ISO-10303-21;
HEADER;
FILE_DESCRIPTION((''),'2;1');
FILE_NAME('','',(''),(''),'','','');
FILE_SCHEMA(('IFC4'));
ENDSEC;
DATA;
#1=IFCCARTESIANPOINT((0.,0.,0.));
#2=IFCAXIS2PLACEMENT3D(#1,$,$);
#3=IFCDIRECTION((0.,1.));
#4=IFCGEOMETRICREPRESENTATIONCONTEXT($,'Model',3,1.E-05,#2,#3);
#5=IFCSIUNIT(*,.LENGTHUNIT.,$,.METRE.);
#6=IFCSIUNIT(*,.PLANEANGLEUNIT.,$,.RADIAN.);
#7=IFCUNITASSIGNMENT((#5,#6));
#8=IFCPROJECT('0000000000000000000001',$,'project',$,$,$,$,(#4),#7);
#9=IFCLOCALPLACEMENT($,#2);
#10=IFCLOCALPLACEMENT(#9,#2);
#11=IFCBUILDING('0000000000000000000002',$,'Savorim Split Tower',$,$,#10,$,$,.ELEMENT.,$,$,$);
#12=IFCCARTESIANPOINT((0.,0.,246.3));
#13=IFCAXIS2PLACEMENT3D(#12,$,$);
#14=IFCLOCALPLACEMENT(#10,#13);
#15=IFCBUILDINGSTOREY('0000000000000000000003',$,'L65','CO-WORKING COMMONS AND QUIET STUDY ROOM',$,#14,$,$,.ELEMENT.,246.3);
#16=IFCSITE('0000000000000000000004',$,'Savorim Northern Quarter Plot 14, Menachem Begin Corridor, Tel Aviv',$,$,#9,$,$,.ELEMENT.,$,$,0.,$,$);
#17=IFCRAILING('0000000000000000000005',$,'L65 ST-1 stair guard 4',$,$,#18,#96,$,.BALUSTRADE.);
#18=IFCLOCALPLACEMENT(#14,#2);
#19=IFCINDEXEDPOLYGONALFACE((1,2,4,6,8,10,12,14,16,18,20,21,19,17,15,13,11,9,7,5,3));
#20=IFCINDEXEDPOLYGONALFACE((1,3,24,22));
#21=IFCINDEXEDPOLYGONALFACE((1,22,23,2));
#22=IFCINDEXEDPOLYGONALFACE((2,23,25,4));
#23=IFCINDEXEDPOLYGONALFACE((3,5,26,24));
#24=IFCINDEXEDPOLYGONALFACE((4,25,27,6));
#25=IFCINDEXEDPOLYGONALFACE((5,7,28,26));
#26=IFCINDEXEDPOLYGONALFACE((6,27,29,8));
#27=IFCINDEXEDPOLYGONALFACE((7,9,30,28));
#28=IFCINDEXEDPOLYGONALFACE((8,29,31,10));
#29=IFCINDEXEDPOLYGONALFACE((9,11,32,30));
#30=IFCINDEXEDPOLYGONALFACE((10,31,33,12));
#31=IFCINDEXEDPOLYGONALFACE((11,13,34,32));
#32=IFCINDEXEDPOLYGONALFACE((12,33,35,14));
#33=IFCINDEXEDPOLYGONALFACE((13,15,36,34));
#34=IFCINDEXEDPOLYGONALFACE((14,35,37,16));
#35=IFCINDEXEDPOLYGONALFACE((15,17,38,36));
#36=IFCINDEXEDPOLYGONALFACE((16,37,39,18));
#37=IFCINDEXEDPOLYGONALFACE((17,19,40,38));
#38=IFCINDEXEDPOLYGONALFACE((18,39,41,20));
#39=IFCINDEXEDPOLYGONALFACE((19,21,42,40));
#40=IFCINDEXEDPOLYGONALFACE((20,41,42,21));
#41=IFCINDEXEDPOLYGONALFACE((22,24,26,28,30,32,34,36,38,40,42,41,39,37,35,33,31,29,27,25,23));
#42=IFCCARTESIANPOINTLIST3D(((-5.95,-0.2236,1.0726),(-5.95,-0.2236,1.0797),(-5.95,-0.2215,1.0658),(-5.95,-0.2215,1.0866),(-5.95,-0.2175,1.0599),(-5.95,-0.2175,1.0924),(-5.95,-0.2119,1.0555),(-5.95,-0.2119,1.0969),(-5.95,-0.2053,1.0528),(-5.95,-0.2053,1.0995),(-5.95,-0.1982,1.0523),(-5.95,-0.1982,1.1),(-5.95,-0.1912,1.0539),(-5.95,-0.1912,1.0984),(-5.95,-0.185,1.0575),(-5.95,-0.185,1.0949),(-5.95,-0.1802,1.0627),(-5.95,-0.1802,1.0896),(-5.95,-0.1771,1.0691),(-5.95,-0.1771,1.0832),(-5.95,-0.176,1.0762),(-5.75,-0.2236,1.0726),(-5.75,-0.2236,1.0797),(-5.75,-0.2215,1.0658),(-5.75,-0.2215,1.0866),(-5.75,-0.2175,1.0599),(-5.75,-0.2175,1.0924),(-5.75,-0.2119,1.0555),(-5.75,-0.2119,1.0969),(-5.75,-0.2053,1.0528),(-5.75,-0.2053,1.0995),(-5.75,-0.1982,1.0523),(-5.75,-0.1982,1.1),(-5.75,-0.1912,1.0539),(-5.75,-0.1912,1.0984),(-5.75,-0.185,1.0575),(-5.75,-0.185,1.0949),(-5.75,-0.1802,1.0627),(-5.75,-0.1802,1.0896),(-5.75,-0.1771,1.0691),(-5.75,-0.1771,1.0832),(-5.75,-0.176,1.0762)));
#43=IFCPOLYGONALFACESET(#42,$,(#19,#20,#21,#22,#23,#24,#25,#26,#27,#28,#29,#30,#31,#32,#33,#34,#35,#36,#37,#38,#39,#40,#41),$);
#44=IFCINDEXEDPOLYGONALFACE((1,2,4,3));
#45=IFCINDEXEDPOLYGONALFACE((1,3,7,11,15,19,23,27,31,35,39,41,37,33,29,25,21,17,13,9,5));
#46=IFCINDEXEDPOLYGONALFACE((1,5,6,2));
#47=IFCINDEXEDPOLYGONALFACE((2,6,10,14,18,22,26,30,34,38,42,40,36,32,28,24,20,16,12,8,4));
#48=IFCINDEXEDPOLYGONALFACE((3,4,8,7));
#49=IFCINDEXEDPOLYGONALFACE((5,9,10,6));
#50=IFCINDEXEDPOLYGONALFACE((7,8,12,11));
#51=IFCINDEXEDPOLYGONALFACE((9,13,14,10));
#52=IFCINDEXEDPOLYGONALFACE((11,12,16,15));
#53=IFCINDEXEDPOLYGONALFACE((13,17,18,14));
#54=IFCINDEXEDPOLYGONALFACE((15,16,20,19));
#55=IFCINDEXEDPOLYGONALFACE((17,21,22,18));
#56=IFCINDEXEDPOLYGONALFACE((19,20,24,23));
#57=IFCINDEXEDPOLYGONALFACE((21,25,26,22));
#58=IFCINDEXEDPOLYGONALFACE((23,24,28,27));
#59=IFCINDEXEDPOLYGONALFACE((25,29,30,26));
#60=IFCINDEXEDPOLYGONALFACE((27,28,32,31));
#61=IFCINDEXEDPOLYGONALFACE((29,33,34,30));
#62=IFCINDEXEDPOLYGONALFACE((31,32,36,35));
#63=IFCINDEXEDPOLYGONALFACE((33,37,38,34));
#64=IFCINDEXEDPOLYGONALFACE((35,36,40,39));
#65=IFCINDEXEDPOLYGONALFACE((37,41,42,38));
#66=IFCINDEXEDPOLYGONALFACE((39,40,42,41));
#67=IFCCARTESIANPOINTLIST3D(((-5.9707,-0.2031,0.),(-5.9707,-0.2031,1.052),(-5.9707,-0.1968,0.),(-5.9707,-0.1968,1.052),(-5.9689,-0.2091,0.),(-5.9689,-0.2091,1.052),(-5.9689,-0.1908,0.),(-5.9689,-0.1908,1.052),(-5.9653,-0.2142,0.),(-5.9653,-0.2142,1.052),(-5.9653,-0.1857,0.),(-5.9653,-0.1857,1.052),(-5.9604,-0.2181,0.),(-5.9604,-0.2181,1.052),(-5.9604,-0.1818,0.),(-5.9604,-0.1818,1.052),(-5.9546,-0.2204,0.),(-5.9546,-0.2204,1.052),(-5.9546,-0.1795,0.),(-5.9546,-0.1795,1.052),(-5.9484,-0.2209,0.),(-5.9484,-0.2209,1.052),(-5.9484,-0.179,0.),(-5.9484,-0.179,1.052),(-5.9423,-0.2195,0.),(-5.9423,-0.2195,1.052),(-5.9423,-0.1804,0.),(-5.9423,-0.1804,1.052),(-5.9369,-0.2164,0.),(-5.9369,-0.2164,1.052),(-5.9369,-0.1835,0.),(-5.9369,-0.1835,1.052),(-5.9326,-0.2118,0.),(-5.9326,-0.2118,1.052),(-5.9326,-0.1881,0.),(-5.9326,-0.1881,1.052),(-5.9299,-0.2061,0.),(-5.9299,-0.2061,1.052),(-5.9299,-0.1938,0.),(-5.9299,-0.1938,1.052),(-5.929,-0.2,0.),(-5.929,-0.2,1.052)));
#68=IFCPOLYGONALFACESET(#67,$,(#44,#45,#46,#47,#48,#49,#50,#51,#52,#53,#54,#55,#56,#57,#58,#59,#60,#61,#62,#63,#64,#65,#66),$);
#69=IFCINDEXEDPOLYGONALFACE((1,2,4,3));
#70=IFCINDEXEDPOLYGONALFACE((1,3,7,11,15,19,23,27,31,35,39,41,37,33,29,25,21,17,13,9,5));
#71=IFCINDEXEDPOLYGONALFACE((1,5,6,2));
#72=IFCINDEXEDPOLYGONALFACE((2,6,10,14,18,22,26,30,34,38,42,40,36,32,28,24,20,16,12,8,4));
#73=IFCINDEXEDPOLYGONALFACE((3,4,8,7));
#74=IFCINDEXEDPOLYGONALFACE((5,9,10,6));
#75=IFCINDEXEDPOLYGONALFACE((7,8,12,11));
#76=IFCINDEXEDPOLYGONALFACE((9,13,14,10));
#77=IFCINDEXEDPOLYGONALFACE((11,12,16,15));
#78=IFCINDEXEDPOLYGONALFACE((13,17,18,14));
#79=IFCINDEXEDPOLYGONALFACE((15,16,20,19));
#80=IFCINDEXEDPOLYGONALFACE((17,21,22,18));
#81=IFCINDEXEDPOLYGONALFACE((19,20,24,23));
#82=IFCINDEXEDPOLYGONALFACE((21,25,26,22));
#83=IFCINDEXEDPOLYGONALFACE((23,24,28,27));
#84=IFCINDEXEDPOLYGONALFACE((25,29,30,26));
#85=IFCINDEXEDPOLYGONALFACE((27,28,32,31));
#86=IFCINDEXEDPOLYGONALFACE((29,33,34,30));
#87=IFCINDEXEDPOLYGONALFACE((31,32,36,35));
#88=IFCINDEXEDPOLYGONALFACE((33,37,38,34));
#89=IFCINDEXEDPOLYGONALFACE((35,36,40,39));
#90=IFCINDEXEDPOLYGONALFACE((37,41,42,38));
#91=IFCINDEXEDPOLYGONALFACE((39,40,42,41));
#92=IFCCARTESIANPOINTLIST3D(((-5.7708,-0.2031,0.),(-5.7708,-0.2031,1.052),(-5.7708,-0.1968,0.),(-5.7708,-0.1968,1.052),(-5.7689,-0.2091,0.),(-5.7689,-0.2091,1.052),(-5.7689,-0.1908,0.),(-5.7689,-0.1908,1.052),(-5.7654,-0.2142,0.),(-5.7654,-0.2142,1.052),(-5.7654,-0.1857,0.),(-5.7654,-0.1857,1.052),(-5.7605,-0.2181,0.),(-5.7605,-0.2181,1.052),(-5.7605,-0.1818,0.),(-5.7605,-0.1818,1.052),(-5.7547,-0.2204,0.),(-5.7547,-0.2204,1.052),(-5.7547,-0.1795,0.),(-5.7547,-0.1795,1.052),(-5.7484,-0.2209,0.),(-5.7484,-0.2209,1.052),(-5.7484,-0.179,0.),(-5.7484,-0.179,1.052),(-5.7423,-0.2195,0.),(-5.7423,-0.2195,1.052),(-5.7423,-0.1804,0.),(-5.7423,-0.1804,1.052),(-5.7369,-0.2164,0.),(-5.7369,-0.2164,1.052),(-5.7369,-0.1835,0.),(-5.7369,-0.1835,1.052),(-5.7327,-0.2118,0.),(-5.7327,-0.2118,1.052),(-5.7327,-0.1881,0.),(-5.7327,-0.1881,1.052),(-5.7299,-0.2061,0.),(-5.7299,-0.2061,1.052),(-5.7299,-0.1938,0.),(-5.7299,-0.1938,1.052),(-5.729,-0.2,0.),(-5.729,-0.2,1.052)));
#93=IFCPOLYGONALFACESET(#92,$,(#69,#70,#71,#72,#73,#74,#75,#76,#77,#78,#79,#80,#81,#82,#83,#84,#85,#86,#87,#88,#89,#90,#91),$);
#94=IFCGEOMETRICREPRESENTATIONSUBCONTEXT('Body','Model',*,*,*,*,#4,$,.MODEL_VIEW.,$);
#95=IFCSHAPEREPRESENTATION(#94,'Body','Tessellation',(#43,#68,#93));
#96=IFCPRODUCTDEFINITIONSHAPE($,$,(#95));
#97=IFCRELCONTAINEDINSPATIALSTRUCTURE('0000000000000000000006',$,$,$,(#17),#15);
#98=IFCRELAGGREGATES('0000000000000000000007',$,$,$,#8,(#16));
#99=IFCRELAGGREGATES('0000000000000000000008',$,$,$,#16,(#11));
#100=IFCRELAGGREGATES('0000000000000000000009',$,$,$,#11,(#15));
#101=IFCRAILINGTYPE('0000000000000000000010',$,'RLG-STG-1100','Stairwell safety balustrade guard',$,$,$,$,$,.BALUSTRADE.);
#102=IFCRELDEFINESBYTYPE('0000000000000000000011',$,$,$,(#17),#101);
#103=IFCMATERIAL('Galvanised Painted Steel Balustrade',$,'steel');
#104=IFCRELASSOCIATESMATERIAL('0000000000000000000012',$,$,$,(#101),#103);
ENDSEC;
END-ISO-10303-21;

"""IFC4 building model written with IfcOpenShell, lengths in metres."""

from ifc_helpers import new_model, si_unit, direction, frame, origin, origin_2d, place, context, subcontext, project, spatial, circle, extrude, material, type_object, element, save


model = new_model("IFC4")

# Units and contexts
model_context = context("Model", 3, precision=1e-05, world=origin(), true_north=direction((0.0, 1.0)))
body_context = subcontext(model_context, "Body", "Model", "MODEL_VIEW")
ifc_project = project(units=[si_unit("LENGTHUNIT", "METRE"), si_unit("PLANEANGLEUNIT", "RADIAN")], contexts=[model_context])

# Site, building, storey
site_placement = place(None, origin())
site = spatial("IfcSite", under=ifc_project, at=site_placement, Name="Savorim Northern Quarter Plot 14, Menachem Begin Corridor, Tel Aviv", CompositionType="ELEMENT", RefElevation=0.0)
building_placement = place(site_placement, origin())
building = spatial("IfcBuilding", under=site, at=building_placement, Name="Savorim Split Tower", CompositionType="ELEMENT")
storey_placement = place(building_placement, frame((0.0, 0.0, 246.3)))
storey = spatial("IfcBuildingStorey", under=building, at=storey_placement, Name="L65", Description="CO-WORKING COMMONS AND QUIET STUDY ROOM", CompositionType="ELEMENT", Elevation=246.3)

# Railing
ifc_material_1 = material(Name="Galvanised Painted Steel Balustrade", Category="steel")
railing_type_1 = type_object("IfcRailingType", Name="RLG-STG-1100", Description="Stairwell safety balustrade guard", PredefinedType="BALUSTRADE", material=ifc_material_1)
railing_1_placement = place(storey_placement, frame((-5.95, -0.2, 0.0)))
element("IfcRailing", 1, at=railing_1_placement, inside=storey, type_object=railing_type_1, Name="L65 ST-1 stair guard 4", PredefinedType="BALUSTRADE", context=body_context, shape_type="SweptSolid", body=[
    extrude(circle(Radius=0.0239, at=origin_2d()), frame((0.0, 0.0, 1.0762), z_axis=(1.0, 0.0, 0.0), x_axis=(0.0, 1.0, 0.0)), (0.0, 0.0, 1.0), 0.2),
    extrude(circle(Radius=0.021, at=origin_2d()), origin(), (0.0, 0.0, 1.0), 1.052),
    extrude(circle(Radius=0.021, at=origin_2d()), frame((0.2, 0.0, 0.0)), (0.0, 0.0, 1.0), 1.052),
])

save(model, "model.ifc")
